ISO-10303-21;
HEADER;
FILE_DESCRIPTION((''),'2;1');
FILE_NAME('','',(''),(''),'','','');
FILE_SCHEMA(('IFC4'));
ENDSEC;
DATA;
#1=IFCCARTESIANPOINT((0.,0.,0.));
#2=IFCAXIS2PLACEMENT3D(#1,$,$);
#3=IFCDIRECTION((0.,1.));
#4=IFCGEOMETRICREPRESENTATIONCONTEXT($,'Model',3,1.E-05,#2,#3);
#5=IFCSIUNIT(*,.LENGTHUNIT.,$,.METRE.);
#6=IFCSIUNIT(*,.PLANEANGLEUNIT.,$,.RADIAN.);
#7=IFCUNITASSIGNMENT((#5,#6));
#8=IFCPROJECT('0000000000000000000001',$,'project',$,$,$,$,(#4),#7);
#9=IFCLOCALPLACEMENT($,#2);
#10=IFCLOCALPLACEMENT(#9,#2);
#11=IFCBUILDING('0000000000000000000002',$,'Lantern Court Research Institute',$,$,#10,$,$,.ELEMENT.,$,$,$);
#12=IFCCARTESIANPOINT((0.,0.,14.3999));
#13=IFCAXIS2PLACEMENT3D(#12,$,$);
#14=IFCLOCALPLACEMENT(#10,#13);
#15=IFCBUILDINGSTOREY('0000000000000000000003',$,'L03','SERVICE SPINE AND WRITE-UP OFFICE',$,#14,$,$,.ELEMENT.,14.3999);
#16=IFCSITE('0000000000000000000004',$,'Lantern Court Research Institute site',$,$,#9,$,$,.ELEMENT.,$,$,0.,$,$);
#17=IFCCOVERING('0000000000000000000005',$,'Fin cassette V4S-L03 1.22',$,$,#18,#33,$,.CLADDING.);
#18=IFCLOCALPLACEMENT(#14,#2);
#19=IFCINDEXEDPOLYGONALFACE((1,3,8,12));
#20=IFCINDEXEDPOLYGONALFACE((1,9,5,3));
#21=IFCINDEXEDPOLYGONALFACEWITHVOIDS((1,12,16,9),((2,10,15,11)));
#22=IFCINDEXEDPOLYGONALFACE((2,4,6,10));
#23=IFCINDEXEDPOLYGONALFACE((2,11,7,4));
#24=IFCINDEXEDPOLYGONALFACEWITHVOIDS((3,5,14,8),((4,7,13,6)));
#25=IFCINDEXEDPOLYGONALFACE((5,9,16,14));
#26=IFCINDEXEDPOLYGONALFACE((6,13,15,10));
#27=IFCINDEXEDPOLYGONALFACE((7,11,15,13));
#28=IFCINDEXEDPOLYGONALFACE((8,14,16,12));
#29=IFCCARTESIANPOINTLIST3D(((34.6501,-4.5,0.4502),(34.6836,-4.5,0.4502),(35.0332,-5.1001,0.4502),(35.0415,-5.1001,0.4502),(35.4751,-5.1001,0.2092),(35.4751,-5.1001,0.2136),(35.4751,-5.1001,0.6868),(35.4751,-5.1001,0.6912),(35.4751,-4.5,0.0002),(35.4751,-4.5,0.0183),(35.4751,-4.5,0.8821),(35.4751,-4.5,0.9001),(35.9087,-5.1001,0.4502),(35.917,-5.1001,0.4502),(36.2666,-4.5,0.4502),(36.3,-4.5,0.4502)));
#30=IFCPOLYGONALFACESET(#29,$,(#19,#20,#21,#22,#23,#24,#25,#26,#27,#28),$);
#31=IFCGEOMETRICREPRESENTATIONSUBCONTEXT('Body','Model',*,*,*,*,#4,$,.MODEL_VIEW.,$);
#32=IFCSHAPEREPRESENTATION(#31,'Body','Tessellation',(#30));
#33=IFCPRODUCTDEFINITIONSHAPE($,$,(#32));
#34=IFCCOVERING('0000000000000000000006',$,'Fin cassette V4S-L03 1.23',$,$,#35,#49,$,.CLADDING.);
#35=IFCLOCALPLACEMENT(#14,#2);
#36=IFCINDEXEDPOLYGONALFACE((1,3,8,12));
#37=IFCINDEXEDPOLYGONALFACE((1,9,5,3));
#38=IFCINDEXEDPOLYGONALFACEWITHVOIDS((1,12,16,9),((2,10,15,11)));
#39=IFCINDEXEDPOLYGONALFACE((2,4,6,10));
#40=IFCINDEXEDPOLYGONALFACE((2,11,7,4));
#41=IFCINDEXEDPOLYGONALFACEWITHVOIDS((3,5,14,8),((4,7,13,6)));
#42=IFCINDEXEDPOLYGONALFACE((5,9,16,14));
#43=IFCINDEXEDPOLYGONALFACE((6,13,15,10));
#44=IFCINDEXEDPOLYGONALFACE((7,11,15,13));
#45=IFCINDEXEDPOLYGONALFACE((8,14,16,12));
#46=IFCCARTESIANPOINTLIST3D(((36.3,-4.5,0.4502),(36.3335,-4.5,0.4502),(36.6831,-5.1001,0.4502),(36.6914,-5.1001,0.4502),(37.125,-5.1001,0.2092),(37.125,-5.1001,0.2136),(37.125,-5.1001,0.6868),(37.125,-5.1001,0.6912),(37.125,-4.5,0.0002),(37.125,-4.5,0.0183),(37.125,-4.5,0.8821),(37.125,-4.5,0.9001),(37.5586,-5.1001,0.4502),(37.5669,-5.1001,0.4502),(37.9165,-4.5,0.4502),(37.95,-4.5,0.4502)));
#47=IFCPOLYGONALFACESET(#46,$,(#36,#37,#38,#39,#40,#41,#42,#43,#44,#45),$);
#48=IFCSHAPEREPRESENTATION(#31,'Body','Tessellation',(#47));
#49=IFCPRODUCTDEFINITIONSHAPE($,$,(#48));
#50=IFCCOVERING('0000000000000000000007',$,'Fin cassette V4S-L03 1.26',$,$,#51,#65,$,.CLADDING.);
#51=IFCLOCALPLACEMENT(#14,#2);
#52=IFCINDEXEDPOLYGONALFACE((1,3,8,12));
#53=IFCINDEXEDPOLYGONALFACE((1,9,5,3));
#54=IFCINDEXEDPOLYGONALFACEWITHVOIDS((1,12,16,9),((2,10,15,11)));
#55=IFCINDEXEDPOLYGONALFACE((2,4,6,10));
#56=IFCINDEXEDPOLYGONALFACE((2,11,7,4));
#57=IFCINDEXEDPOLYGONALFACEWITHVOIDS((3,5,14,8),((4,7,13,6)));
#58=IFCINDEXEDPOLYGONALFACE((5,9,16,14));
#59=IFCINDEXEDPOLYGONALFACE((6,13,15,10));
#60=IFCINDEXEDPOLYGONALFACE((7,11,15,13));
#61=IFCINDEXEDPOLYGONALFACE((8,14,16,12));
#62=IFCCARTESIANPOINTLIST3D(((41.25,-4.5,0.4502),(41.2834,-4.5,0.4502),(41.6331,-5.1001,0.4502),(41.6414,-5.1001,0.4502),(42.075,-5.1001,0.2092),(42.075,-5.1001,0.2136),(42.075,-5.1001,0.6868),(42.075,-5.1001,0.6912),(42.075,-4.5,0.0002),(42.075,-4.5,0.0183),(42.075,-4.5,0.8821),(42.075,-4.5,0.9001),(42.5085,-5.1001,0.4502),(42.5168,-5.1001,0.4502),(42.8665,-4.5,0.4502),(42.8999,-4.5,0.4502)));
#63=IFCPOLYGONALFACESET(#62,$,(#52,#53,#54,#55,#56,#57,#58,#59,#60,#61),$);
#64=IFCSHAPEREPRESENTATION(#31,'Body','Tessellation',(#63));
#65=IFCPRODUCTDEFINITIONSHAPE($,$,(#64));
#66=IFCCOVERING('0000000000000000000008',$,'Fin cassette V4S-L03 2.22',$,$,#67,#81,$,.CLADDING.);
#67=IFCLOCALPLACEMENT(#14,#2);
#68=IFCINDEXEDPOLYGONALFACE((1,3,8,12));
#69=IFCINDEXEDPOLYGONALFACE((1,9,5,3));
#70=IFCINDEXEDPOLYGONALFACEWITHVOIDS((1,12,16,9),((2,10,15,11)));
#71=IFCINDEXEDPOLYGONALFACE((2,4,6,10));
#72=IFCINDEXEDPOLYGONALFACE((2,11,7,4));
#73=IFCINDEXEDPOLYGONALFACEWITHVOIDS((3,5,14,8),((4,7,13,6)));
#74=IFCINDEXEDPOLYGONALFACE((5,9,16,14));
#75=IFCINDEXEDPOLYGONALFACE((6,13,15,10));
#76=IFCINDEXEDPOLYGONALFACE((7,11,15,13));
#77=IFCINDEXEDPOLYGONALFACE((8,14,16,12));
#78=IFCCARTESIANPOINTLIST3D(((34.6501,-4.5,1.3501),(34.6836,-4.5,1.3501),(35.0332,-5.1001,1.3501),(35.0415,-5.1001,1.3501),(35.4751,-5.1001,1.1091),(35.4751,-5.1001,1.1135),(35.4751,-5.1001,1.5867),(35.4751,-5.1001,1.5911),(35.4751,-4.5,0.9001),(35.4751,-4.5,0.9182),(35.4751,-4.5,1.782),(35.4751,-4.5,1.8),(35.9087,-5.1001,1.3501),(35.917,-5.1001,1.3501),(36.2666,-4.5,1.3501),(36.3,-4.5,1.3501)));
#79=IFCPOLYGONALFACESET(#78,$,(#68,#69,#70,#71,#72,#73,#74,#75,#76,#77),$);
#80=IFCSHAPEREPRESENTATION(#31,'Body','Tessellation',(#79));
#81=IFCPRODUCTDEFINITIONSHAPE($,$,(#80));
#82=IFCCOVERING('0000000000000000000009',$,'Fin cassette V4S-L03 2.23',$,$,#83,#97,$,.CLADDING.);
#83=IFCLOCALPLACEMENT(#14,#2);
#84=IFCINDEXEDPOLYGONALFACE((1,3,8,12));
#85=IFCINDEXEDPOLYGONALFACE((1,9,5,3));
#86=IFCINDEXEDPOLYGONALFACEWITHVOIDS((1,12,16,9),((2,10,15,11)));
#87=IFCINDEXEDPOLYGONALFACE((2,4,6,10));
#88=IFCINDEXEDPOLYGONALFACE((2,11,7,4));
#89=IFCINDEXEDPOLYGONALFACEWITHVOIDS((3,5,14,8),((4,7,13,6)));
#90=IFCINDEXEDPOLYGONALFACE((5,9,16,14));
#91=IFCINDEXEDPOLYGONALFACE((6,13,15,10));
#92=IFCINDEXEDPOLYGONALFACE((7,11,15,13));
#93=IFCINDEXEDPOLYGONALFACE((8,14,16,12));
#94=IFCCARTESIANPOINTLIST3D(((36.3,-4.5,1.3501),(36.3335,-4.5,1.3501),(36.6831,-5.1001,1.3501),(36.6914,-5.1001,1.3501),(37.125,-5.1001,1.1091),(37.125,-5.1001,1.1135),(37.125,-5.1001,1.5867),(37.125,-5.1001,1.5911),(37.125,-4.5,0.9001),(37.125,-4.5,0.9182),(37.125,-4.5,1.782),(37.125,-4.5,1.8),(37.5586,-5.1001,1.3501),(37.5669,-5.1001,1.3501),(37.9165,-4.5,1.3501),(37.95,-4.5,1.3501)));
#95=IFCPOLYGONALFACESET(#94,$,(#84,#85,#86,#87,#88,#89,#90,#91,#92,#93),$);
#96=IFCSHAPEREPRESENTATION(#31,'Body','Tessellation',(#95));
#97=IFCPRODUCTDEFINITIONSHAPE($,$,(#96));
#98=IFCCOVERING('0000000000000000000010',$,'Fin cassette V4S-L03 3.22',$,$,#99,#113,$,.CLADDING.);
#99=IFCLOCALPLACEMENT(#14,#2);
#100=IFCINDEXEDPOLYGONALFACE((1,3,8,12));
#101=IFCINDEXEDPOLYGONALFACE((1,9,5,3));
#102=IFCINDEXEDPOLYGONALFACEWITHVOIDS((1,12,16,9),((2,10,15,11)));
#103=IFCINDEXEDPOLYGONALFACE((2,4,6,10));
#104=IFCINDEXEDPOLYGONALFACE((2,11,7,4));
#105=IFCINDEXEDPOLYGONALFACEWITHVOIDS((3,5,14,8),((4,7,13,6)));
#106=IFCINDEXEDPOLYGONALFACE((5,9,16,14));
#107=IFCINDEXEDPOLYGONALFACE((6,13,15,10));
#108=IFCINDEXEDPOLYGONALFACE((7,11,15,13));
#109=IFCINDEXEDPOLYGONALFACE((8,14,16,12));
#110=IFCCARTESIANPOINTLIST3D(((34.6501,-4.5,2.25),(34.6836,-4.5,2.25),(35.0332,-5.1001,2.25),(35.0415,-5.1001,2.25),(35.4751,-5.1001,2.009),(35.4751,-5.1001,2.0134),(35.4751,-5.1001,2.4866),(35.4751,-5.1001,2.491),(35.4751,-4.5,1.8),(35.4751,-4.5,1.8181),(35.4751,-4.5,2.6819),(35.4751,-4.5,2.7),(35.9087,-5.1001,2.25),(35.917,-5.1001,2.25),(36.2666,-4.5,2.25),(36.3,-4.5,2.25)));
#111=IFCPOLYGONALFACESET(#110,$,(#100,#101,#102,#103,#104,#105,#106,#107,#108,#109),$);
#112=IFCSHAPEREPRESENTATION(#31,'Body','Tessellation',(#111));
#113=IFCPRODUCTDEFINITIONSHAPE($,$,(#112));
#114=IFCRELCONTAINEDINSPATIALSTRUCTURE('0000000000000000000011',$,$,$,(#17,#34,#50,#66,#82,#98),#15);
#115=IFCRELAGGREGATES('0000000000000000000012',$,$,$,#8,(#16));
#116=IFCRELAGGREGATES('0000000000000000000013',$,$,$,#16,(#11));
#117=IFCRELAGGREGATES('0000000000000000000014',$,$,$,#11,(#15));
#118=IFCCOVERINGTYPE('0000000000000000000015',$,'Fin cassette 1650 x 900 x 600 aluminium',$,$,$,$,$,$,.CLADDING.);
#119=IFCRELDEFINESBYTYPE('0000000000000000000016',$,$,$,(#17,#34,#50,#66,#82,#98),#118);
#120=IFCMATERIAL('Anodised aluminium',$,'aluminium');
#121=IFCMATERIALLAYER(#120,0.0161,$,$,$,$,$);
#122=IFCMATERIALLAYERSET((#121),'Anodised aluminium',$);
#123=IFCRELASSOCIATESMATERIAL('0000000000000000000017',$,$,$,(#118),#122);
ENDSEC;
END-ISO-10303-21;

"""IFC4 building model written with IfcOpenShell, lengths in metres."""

from ifc_helpers import new_model, entity, si_unit, direction, frame, origin, place, context, subcontext, project, spatial, material, layer, layer_set, type_object, element, save


model = new_model("IFC4")

# Units and contexts
model_context = context("Model", 3, precision=1e-05, world=origin(), true_north=direction((0.0, 1.0)))
body_context = subcontext(model_context, "Body", "Model", "MODEL_VIEW")
ifc_project = project(units=[si_unit("LENGTHUNIT", "METRE"), si_unit("PLANEANGLEUNIT", "RADIAN")], contexts=[model_context])

# Site, building, storey
site_placement = place(None, origin())
site = spatial("IfcSite", under=ifc_project, at=site_placement, Name="Lantern Court Research Institute site", CompositionType="ELEMENT", RefElevation=0.0)
building_placement = place(site_placement, origin())
building = spatial("IfcBuilding", under=site, at=building_placement, Name="Lantern Court Research Institute", CompositionType="ELEMENT")
storey_placement = place(building_placement, frame((0.0, 0.0, 14.3999)))
storey = spatial("IfcBuildingStorey", under=building, at=storey_placement, Name="L03", Description="SERVICE SPINE AND WRITE-UP OFFICE", CompositionType="ELEMENT", Elevation=14.3999)

# Coverings
ifc_material_1 = material(Name="Anodised aluminium", Category="aluminium")
ifc_layer_1 = layer(ifc_material_1, 0.0161)
ifc_layer_set_1 = layer_set([ifc_layer_1], Name="Anodised aluminium")
covering_type = type_object("IfcCoveringType", Name="Fin cassette 1650 x 900 x 600 aluminium", PredefinedType="CLADDING", material=ifc_layer_set_1)
covering_1_placement = place(storey_placement, frame((35.4751, -4.5, 0.4502), z_axis=(0.0, -1.0, 0.0), x_axis=(1.0, 0.0, 0.0)))
cartesian_point_1 = entity("IfcCartesianPoint", [0.825, 0.0])
cartesian_point_2 = entity("IfcCartesianPoint", [0.7915, 0.0])
cartesian_point_3 = entity("IfcCartesianPoint", [0.4419, 0.0])
cartesian_point_4 = entity("IfcCartesianPoint", [0.4336, 0.0])
element("IfcCovering", 1, at=covering_1_placement, inside=storey, type_object=covering_type, Name="Fin cassette V4S-L03 1.22", PredefinedType="CLADDING", context=body_context, shape_type="SweptSolid", body=[
    entity("IfcExtrudedAreaSolidTapered", entity("IfcArbitraryProfileDefWithVoids", "AREA", None, entity("IfcPolyline", [cartesian_point_1, entity("IfcCartesianPoint", [0.0, 0.45]), entity("IfcCartesianPoint", [-0.825, 0.0]), entity("IfcCartesianPoint", [0.0, -0.45]), cartesian_point_1]), [entity("IfcPolyline", [cartesian_point_2, entity("IfcCartesianPoint", [0.0, 0.4319]), entity("IfcCartesianPoint", [-0.7915, 0.0]), entity("IfcCartesianPoint", [0.0, -0.4319]), cartesian_point_2])]), entity("IfcAxis2Placement3D", entity("IfcCartesianPoint", [0.0, 0.0, 0.0])), entity("IfcDirection", [0.0, 0.0, 1.0]), 0.6001, entity("IfcArbitraryProfileDefWithVoids", "AREA", None, entity("IfcPolyline", [cartesian_point_3, entity("IfcCartesianPoint", [0.0, 0.241]), entity("IfcCartesianPoint", [-0.4419, 0.0]), entity("IfcCartesianPoint", [0.0, -0.241]), cartesian_point_3]), [entity("IfcPolyline", [cartesian_point_4, entity("IfcCartesianPoint", [0.0, 0.2366]), entity("IfcCartesianPoint", [-0.4336, 0.0]), entity("IfcCartesianPoint", [0.0, -0.2366]), cartesian_point_4])])),
])
covering_2_placement = place(storey_placement, frame((37.125, -4.5, 0.4502), z_axis=(0.0, -1.0, 0.0), x_axis=(1.0, 0.0, 0.0)))
cartesian_point_5 = entity("IfcCartesianPoint", [0.825, 0.0])
cartesian_point_6 = entity("IfcCartesianPoint", [0.7915, 0.0])
cartesian_point_7 = entity("IfcCartesianPoint", [0.4419, 0.0])
cartesian_point_8 = entity("IfcCartesianPoint", [0.4336, 0.0])
element("IfcCovering", 2, at=covering_2_placement, inside=storey, type_object=covering_type, Name="Fin cassette V4S-L03 1.23", PredefinedType="CLADDING", context=body_context, shape_type="SweptSolid", body=[
    entity("IfcExtrudedAreaSolidTapered", entity("IfcArbitraryProfileDefWithVoids", "AREA", None, entity("IfcPolyline", [cartesian_point_5, entity("IfcCartesianPoint", [0.0, 0.45]), entity("IfcCartesianPoint", [-0.825, 0.0]), entity("IfcCartesianPoint", [0.0, -0.45]), cartesian_point_5]), [entity("IfcPolyline", [cartesian_point_6, entity("IfcCartesianPoint", [0.0, 0.4319]), entity("IfcCartesianPoint", [-0.7915, 0.0]), entity("IfcCartesianPoint", [0.0, -0.4319]), cartesian_point_6])]), entity("IfcAxis2Placement3D", entity("IfcCartesianPoint", [0.0, 0.0, 0.0])), entity("IfcDirection", [0.0, 0.0, 1.0]), 0.6001, entity("IfcArbitraryProfileDefWithVoids", "AREA", None, entity("IfcPolyline", [cartesian_point_7, entity("IfcCartesianPoint", [0.0, 0.241]), entity("IfcCartesianPoint", [-0.4419, 0.0]), entity("IfcCartesianPoint", [0.0, -0.241]), cartesian_point_7]), [entity("IfcPolyline", [cartesian_point_8, entity("IfcCartesianPoint", [0.0, 0.2366]), entity("IfcCartesianPoint", [-0.4336, 0.0]), entity("IfcCartesianPoint", [0.0, -0.2366]), cartesian_point_8])])),
])
covering_3_placement = place(storey_placement, frame((42.075, -4.5, 0.4502), z_axis=(0.0, -1.0, 0.0), x_axis=(1.0, 0.0, 0.0)))
cartesian_point_9 = entity("IfcCartesianPoint", [0.825, 0.0])
cartesian_point_10 = entity("IfcCartesianPoint", [0.7915, 0.0])
cartesian_point_11 = entity("IfcCartesianPoint", [0.4419, 0.0])
cartesian_point_12 = entity("IfcCartesianPoint", [0.4336, 0.0])
element("IfcCovering", 3, at=covering_3_placement, inside=storey, type_object=covering_type, Name="Fin cassette V4S-L03 1.26", PredefinedType="CLADDING", context=body_context, shape_type="SweptSolid", body=[
    entity("IfcExtrudedAreaSolidTapered", entity("IfcArbitraryProfileDefWithVoids", "AREA", None, entity("IfcPolyline", [cartesian_point_9, entity("IfcCartesianPoint", [0.0, 0.45]), entity("IfcCartesianPoint", [-0.825, 0.0]), entity("IfcCartesianPoint", [0.0, -0.45]), cartesian_point_9]), [entity("IfcPolyline", [cartesian_point_10, entity("IfcCartesianPoint", [0.0, 0.4319]), entity("IfcCartesianPoint", [-0.7915, 0.0]), entity("IfcCartesianPoint", [0.0, -0.4319]), cartesian_point_10])]), entity("IfcAxis2Placement3D", entity("IfcCartesianPoint", [0.0, 0.0, 0.0])), entity("IfcDirection", [0.0, 0.0, 1.0]), 0.6001, entity("IfcArbitraryProfileDefWithVoids", "AREA", None, entity("IfcPolyline", [cartesian_point_11, entity("IfcCartesianPoint", [0.0, 0.241]), entity("IfcCartesianPoint", [-0.4419, 0.0]), entity("IfcCartesianPoint", [0.0, -0.241]), cartesian_point_11]), [entity("IfcPolyline", [cartesian_point_12, entity("IfcCartesianPoint", [0.0, 0.2366]), entity("IfcCartesianPoint", [-0.4336, 0.0]), entity("IfcCartesianPoint", [0.0, -0.2366]), cartesian_point_12])])),
])
covering_4_placement = place(storey_placement, frame((35.4751, -4.5, 1.3501), z_axis=(0.0, -1.0, 0.0), x_axis=(1.0, 0.0, 0.0)))
cartesian_point_13 = entity("IfcCartesianPoint", [0.825, 0.0])
cartesian_point_14 = entity("IfcCartesianPoint", [0.7915, 0.0])
cartesian_point_15 = entity("IfcCartesianPoint", [0.4419, 0.0])
cartesian_point_16 = entity("IfcCartesianPoint", [0.4336, 0.0])
element("IfcCovering", 4, at=covering_4_placement, inside=storey, type_object=covering_type, Name="Fin cassette V4S-L03 2.22", PredefinedType="CLADDING", context=body_context, shape_type="SweptSolid", body=[
    entity("IfcExtrudedAreaSolidTapered", entity("IfcArbitraryProfileDefWithVoids", "AREA", None, entity("IfcPolyline", [cartesian_point_13, entity("IfcCartesianPoint", [0.0, 0.45]), entity("IfcCartesianPoint", [-0.825, 0.0]), entity("IfcCartesianPoint", [0.0, -0.45]), cartesian_point_13]), [entity("IfcPolyline", [cartesian_point_14, entity("IfcCartesianPoint", [0.0, 0.4319]), entity("IfcCartesianPoint", [-0.7915, 0.0]), entity("IfcCartesianPoint", [0.0, -0.4319]), cartesian_point_14])]), entity("IfcAxis2Placement3D", entity("IfcCartesianPoint", [0.0, 0.0, 0.0])), entity("IfcDirection", [0.0, 0.0, 1.0]), 0.6001, entity("IfcArbitraryProfileDefWithVoids", "AREA", None, entity("IfcPolyline", [cartesian_point_15, entity("IfcCartesianPoint", [0.0, 0.241]), entity("IfcCartesianPoint", [-0.4419, 0.0]), entity("IfcCartesianPoint", [0.0, -0.241]), cartesian_point_15]), [entity("IfcPolyline", [cartesian_point_16, entity("IfcCartesianPoint", [0.0, 0.2366]), entity("IfcCartesianPoint", [-0.4336, 0.0]), entity("IfcCartesianPoint", [0.0, -0.2366]), cartesian_point_16])])),
])
covering_5_placement = place(storey_placement, frame((37.125, -4.5, 1.3501), z_axis=(0.0, -1.0, 0.0), x_axis=(1.0, 0.0, 0.0)))
cartesian_point_17 = entity("IfcCartesianPoint", [0.825, 0.0])
cartesian_point_18 = entity("IfcCartesianPoint", [0.7915, 0.0])
cartesian_point_19 = entity("IfcCartesianPoint", [0.4419, 0.0])
cartesian_point_20 = entity("IfcCartesianPoint", [0.4336, 0.0])
element("IfcCovering", 5, at=covering_5_placement, inside=storey, type_object=covering_type, Name="Fin cassette V4S-L03 2.23", PredefinedType="CLADDING", context=body_context, shape_type="SweptSolid", body=[
    entity("IfcExtrudedAreaSolidTapered", entity("IfcArbitraryProfileDefWithVoids", "AREA", None, entity("IfcPolyline", [cartesian_point_17, entity("IfcCartesianPoint", [0.0, 0.45]), entity("IfcCartesianPoint", [-0.825, 0.0]), entity("IfcCartesianPoint", [0.0, -0.45]), cartesian_point_17]), [entity("IfcPolyline", [cartesian_point_18, entity("IfcCartesianPoint", [0.0, 0.4319]), entity("IfcCartesianPoint", [-0.7915, 0.0]), entity("IfcCartesianPoint", [0.0, -0.4319]), cartesian_point_18])]), entity("IfcAxis2Placement3D", entity("IfcCartesianPoint", [0.0, 0.0, 0.0])), entity("IfcDirection", [0.0, 0.0, 1.0]), 0.6001, entity("IfcArbitraryProfileDefWithVoids", "AREA", None, entity("IfcPolyline", [cartesian_point_19, entity("IfcCartesianPoint", [0.0, 0.241]), entity("IfcCartesianPoint", [-0.4419, 0.0]), entity("IfcCartesianPoint", [0.0, -0.241]), cartesian_point_19]), [entity("IfcPolyline", [cartesian_point_20, entity("IfcCartesianPoint", [0.0, 0.2366]), entity("IfcCartesianPoint", [-0.4336, 0.0]), entity("IfcCartesianPoint", [0.0, -0.2366]), cartesian_point_20])])),
])
covering_6_placement = place(storey_placement, frame((35.4751, -4.5, 2.25), z_axis=(0.0, -1.0, 0.0), x_axis=(1.0, 0.0, 0.0)))
cartesian_point_21 = entity("IfcCartesianPoint", [0.825, 0.0])
cartesian_point_22 = entity("IfcCartesianPoint", [0.7915, 0.0])
cartesian_point_23 = entity("IfcCartesianPoint", [0.4419, 0.0])
cartesian_point_24 = entity("IfcCartesianPoint", [0.4336, 0.0])
element("IfcCovering", 6, at=covering_6_placement, inside=storey, type_object=covering_type, Name="Fin cassette V4S-L03 3.22", PredefinedType="CLADDING", context=body_context, shape_type="SweptSolid", body=[
    entity("IfcExtrudedAreaSolidTapered", entity("IfcArbitraryProfileDefWithVoids", "AREA", None, entity("IfcPolyline", [cartesian_point_21, entity("IfcCartesianPoint", [0.0, 0.45]), entity("IfcCartesianPoint", [-0.825, 0.0]), entity("IfcCartesianPoint", [0.0, -0.45]), cartesian_point_21]), [entity("IfcPolyline", [cartesian_point_22, entity("IfcCartesianPoint", [0.0, 0.4319]), entity("IfcCartesianPoint", [-0.7915, 0.0]), entity("IfcCartesianPoint", [0.0, -0.4319]), cartesian_point_22])]), entity("IfcAxis2Placement3D", entity("IfcCartesianPoint", [0.0, 0.0, 0.0])), entity("IfcDirection", [0.0, 0.0, 1.0]), 0.6001, entity("IfcArbitraryProfileDefWithVoids", "AREA", None, entity("IfcPolyline", [cartesian_point_23, entity("IfcCartesianPoint", [0.0, 0.241]), entity("IfcCartesianPoint", [-0.4419, 0.0]), entity("IfcCartesianPoint", [0.0, -0.241]), cartesian_point_23]), [entity("IfcPolyline", [cartesian_point_24, entity("IfcCartesianPoint", [0.0, 0.2366]), entity("IfcCartesianPoint", [-0.4336, 0.0]), entity("IfcCartesianPoint", [0.0, -0.2366]), cartesian_point_24])])),
])

save(model, "model.ifc")
